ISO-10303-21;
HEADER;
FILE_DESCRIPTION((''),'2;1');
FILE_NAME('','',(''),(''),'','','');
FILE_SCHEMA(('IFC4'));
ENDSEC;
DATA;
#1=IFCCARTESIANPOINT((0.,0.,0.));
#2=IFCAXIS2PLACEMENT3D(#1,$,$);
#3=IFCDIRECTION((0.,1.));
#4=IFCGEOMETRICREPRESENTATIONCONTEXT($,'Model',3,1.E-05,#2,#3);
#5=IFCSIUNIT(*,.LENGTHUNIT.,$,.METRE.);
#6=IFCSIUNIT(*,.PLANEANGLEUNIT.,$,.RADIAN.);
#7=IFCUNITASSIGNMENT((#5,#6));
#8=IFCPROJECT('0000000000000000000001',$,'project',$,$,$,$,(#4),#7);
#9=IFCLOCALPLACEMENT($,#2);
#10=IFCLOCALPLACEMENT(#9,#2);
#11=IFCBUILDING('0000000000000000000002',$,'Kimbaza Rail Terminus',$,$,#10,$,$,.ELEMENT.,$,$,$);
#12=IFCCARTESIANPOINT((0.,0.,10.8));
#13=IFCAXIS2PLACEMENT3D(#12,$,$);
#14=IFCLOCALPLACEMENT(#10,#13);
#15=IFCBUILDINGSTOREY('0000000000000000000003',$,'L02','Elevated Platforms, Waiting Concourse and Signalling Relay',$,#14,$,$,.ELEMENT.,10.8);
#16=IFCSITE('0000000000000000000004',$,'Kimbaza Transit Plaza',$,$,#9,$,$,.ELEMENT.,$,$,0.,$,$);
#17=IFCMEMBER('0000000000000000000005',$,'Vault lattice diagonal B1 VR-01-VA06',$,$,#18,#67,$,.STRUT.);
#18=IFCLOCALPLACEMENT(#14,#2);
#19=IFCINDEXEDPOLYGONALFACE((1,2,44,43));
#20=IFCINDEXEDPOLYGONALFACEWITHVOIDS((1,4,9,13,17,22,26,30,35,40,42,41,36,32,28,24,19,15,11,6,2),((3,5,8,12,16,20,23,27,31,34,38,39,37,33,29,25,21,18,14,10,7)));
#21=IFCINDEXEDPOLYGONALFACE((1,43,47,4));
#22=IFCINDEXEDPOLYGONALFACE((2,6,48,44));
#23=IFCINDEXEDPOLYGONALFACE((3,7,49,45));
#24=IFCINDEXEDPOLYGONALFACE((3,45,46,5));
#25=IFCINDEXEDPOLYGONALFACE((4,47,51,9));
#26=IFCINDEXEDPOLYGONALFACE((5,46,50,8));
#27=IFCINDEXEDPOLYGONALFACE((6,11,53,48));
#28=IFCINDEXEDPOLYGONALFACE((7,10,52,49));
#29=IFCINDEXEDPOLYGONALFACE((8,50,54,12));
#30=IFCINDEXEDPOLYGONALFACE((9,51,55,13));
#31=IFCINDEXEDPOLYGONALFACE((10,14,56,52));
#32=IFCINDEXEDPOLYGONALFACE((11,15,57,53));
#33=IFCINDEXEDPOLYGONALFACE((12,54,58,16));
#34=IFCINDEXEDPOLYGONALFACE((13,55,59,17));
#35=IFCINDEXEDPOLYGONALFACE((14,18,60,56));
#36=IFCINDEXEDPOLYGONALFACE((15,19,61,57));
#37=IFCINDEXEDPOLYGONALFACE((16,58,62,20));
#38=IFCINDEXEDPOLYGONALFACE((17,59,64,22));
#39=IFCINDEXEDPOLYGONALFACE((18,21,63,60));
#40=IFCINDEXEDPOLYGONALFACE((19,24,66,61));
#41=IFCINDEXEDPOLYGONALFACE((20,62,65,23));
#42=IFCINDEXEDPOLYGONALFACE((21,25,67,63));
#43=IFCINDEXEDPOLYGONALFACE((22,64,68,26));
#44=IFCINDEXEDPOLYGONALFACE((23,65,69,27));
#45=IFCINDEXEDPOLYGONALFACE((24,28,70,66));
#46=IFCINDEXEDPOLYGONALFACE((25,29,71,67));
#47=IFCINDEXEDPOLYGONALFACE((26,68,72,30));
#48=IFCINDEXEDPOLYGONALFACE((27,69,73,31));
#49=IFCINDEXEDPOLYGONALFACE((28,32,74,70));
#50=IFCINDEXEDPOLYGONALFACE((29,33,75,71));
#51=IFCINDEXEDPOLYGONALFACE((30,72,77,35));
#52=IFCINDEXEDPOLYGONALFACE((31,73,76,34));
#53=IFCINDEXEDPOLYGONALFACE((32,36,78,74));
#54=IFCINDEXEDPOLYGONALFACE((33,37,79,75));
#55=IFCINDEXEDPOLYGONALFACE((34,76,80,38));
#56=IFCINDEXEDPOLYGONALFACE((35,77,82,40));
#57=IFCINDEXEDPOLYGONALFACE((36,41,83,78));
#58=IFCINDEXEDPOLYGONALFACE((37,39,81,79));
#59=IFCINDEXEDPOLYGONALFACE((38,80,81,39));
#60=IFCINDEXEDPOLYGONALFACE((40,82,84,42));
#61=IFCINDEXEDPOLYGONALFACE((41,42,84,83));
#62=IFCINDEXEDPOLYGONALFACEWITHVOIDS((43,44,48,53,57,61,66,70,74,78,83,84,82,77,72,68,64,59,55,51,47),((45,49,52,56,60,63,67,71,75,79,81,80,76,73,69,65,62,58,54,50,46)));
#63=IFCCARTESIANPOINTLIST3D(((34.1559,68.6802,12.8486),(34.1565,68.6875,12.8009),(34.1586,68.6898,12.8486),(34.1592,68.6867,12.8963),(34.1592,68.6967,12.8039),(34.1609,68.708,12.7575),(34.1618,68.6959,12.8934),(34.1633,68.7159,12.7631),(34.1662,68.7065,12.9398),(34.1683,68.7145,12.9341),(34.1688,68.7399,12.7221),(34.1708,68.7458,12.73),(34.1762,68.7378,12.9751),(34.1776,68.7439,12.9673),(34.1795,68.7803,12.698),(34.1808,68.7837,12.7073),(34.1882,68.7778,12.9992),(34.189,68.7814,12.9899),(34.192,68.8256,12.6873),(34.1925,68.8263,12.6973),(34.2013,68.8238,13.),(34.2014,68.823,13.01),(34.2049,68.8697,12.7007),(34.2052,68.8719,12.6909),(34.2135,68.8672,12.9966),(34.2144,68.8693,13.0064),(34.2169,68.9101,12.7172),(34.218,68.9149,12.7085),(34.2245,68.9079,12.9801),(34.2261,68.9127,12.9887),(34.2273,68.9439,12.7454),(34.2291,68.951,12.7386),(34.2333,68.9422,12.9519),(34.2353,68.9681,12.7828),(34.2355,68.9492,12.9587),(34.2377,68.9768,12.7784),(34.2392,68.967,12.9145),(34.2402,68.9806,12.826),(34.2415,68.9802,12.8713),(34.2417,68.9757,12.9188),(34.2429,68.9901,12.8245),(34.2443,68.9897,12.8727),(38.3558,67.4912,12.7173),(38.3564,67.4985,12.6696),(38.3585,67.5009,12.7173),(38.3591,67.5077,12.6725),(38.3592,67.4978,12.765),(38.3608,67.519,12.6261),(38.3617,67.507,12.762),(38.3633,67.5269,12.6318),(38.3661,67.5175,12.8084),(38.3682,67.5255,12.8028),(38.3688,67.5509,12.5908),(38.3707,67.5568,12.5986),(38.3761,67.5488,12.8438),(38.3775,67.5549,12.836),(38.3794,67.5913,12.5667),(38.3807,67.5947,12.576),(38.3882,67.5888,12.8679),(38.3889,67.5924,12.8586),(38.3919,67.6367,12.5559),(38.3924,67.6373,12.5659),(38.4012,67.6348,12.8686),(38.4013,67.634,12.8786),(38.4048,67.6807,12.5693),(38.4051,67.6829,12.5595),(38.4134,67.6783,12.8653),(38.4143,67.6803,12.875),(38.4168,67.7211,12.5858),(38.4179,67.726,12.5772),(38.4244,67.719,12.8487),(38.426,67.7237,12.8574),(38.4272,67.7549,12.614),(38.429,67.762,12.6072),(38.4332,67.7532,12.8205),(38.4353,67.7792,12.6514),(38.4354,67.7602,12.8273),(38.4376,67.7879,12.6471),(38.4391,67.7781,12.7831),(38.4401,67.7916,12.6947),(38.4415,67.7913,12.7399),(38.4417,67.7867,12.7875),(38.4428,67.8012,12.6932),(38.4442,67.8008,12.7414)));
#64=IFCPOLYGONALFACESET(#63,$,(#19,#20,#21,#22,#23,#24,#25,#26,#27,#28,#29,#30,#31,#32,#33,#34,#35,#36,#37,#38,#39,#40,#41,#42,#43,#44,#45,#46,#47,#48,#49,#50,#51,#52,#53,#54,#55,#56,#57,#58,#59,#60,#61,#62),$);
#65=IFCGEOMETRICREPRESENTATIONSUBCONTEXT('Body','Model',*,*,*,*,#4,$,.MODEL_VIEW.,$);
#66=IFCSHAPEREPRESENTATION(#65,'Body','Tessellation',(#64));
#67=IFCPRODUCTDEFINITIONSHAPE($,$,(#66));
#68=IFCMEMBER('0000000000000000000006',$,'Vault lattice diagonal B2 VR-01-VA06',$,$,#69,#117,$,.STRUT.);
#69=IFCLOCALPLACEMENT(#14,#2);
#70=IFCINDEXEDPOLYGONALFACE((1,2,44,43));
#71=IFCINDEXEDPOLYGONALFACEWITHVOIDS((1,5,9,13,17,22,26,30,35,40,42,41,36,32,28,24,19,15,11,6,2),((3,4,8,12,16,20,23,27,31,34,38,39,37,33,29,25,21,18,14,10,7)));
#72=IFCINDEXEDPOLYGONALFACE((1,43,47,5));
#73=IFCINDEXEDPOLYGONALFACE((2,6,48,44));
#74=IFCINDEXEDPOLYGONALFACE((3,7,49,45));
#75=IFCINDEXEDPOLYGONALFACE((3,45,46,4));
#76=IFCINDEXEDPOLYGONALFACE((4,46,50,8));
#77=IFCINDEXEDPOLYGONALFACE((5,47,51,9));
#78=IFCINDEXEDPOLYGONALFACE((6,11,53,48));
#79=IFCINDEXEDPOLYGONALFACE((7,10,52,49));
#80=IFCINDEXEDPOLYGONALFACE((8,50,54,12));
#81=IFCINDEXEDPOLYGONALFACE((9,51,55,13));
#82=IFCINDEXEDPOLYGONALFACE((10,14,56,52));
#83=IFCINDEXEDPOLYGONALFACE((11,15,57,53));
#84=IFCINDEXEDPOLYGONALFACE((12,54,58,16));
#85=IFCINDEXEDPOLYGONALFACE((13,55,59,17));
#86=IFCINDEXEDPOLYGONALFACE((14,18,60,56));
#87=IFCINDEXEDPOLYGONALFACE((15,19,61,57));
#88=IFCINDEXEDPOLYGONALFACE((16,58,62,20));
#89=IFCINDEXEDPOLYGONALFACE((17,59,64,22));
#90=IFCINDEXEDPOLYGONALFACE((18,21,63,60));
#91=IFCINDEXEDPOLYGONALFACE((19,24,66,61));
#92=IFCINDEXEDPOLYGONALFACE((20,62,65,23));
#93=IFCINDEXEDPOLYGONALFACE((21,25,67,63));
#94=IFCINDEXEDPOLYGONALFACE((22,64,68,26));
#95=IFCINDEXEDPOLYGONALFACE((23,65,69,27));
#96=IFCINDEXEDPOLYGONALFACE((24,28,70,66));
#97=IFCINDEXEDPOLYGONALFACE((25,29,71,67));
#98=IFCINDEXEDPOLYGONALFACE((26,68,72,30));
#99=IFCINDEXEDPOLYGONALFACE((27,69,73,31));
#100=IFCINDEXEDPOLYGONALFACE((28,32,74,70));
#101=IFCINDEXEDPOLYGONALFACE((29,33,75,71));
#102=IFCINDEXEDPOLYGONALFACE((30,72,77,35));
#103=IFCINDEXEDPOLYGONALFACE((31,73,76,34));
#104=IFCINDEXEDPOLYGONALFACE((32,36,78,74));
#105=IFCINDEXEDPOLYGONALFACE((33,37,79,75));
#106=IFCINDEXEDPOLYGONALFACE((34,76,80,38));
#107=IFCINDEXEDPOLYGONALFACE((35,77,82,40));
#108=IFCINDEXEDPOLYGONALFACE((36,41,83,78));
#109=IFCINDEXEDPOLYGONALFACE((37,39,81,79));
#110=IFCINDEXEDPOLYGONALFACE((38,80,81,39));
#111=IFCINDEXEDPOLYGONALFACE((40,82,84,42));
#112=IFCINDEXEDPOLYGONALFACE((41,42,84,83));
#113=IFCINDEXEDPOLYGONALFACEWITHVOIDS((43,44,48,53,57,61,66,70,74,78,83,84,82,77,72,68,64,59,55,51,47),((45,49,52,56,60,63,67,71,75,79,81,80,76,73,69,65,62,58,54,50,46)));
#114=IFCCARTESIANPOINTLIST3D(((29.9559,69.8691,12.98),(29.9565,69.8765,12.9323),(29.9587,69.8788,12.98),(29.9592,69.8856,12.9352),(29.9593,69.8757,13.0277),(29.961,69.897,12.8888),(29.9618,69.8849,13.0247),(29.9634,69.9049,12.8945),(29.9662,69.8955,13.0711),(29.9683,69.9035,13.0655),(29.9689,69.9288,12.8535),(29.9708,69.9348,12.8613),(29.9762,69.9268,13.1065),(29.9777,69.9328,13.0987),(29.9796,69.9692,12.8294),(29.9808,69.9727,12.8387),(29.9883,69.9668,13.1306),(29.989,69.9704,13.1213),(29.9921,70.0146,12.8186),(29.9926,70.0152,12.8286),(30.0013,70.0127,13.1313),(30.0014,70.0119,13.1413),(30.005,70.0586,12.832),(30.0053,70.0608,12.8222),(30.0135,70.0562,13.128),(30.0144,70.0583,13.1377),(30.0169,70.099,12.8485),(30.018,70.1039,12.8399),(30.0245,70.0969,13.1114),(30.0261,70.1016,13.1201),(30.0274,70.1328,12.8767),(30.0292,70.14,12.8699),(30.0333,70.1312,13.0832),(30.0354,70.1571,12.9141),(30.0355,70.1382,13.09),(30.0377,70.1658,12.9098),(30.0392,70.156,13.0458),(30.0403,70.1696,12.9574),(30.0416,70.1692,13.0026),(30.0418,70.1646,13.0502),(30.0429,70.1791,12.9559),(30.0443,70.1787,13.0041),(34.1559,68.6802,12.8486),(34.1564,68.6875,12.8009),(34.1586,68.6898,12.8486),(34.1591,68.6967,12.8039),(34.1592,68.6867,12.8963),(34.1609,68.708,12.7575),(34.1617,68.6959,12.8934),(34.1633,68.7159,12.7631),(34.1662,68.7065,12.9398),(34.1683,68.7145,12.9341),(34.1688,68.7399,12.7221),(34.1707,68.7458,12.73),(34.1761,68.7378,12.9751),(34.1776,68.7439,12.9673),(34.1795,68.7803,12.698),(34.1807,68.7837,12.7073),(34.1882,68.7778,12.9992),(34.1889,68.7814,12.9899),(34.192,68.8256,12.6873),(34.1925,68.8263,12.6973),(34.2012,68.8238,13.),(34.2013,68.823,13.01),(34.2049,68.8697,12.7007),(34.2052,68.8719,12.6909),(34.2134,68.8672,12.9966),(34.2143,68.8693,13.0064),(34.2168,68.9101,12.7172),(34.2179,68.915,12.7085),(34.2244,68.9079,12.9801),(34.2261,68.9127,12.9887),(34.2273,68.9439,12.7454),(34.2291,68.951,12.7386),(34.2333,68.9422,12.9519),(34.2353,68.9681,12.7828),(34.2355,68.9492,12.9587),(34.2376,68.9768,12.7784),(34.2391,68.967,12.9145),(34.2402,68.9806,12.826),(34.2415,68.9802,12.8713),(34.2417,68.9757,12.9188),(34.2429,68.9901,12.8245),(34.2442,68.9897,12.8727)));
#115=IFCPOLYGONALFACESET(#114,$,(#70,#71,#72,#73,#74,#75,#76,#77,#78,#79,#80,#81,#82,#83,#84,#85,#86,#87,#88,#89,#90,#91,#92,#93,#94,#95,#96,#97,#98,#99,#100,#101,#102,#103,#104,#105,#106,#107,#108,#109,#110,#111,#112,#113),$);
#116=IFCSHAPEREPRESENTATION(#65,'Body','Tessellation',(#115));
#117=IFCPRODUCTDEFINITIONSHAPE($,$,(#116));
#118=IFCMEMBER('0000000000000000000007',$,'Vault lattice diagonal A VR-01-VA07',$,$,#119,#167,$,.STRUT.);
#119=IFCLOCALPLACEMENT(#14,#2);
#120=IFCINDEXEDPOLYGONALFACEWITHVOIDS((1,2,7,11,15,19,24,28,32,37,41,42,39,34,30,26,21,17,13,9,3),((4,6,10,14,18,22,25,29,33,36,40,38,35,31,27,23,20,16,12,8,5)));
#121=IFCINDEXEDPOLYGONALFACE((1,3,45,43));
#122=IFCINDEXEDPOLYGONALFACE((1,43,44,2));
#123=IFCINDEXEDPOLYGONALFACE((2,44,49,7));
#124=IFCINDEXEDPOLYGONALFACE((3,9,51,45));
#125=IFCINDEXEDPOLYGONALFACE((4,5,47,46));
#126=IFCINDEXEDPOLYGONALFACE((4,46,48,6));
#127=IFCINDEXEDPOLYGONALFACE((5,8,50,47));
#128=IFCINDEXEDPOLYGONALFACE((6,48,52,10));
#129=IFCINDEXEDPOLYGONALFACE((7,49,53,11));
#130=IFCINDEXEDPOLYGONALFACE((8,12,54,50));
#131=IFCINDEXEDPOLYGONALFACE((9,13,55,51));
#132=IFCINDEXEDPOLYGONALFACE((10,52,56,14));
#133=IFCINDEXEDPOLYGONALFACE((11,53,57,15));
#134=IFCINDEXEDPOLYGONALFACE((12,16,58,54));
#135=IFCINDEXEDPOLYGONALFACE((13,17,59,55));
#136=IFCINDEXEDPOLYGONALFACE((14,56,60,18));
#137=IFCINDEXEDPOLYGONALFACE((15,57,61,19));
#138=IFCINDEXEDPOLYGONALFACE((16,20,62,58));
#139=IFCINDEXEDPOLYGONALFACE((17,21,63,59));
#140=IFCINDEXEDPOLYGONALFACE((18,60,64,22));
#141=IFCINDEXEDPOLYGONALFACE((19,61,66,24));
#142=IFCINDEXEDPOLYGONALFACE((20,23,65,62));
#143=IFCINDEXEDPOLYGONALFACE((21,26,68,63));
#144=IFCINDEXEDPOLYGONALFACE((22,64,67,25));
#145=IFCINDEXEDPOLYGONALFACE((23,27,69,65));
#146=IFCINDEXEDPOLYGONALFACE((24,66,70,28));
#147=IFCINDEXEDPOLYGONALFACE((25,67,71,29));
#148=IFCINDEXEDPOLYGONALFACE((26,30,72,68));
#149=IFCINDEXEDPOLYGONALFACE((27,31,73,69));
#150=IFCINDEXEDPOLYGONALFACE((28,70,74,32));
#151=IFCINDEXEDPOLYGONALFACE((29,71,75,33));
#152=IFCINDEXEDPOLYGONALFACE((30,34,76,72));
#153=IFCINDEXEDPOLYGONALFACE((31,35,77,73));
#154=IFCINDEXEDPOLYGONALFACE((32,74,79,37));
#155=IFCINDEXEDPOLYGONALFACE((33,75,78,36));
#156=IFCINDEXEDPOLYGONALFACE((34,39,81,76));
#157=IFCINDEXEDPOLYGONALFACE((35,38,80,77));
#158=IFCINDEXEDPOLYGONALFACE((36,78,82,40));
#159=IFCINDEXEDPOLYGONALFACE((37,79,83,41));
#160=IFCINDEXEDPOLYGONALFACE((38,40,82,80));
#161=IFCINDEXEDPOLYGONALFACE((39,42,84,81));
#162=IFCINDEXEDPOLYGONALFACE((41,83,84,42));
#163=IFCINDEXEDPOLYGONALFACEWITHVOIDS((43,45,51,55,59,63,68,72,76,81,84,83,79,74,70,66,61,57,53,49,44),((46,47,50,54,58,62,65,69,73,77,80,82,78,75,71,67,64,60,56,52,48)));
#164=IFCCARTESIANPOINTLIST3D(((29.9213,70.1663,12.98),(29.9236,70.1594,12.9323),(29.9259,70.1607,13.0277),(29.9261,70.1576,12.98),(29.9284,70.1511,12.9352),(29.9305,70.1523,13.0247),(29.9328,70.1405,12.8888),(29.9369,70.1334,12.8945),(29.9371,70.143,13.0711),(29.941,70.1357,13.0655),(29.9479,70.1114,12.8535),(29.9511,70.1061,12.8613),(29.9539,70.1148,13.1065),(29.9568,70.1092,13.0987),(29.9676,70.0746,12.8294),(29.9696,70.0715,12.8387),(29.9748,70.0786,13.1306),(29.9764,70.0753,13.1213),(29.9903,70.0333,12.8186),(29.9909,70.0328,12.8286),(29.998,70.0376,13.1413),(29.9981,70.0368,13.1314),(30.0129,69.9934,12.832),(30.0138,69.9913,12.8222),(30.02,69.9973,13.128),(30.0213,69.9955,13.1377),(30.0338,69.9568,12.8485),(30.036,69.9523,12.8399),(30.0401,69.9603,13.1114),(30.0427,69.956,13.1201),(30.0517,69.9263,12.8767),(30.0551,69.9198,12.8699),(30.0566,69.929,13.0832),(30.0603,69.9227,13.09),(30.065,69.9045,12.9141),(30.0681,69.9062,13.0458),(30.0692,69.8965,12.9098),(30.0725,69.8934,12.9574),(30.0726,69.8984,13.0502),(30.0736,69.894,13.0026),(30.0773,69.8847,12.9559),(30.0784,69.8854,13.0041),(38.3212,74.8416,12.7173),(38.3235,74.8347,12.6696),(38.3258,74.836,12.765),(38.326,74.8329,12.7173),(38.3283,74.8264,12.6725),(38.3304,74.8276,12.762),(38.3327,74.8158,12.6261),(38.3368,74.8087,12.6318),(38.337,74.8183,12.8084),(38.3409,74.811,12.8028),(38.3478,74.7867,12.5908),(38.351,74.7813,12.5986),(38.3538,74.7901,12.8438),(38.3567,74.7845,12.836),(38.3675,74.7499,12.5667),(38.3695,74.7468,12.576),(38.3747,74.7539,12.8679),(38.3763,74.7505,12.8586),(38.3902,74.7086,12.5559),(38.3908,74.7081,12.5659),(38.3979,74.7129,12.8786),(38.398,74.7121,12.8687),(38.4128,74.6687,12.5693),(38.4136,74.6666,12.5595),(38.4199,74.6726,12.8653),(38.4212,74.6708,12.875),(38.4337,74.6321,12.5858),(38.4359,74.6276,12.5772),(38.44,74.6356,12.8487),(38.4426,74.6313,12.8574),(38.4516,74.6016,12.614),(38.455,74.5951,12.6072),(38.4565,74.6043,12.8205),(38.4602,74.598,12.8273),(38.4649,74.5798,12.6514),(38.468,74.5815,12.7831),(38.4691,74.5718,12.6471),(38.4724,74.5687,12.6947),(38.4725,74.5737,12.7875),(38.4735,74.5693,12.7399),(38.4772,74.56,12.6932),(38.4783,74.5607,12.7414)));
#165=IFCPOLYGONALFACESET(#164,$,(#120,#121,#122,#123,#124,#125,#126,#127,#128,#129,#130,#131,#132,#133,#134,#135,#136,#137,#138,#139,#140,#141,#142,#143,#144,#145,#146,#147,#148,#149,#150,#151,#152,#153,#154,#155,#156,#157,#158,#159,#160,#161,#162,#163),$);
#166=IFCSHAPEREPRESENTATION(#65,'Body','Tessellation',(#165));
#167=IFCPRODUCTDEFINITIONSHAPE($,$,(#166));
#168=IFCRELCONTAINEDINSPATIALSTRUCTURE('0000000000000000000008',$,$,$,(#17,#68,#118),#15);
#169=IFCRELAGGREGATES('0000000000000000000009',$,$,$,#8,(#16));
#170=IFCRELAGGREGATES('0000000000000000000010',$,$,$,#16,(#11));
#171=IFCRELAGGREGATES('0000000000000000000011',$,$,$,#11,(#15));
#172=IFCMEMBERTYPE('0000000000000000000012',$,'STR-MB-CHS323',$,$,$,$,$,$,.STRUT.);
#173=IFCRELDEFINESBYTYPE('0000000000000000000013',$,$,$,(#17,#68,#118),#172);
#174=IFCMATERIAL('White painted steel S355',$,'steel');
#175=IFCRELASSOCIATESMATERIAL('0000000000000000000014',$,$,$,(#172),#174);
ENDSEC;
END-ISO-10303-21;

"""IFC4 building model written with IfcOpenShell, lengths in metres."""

from ifc_helpers import new_model, si_unit, direction, frame, origin, origin_2d, place, context, subcontext, project, spatial, hollow_circle, extrude, material, material_profile, profile_set, type_object, element, save


model = new_model("IFC4")

# Units and contexts
model_context = context("Model", 3, precision=1e-05, world=origin(), true_north=direction((0.0, 1.0)))
body_context = subcontext(model_context, "Body", "Model", "MODEL_VIEW")
ifc_project = project(units=[si_unit("LENGTHUNIT", "METRE"), si_unit("PLANEANGLEUNIT", "RADIAN")], contexts=[model_context])

# Site, building, storey
site_placement = place(None, origin())
site = spatial("IfcSite", under=ifc_project, at=site_placement, Name="Kimbaza Transit Plaza", CompositionType="ELEMENT", RefElevation=0.0)
building_placement = place(site_placement, origin())
building = spatial("IfcBuilding", under=site, at=building_placement, Name="Kimbaza Rail Terminus", CompositionType="ELEMENT")
storey_placement = place(building_placement, frame((0.0, 0.0, 10.8)))
storey = spatial("IfcBuildingStorey", under=building, at=storey_placement, Name="L02", Description="Elevated Platforms, Waiting Concourse and Signalling Relay", CompositionType="ELEMENT", Elevation=10.8)

# Members
ifc_material_1 = material(Name="White painted steel S355", Category="steel")
ifc_material_profile_1 = material_profile(ifc_material_1, hollow_circle(Radius=0.1619, WallThickness=0.01, at=origin_2d()), Name="CHS 323.9x10")
ifc_profile_set_1 = profile_set([ifc_material_profile_1], Name="White painted steel S355")
member_type_1 = type_object("IfcMemberType", Name="STR-MB-CHS323", PredefinedType="STRUT", material=ifc_profile_set_1)
for number, where, z_axis, x_axis, name in (
    (1, (38.3999, 67.647, 12.7173), (-0.961753, 0.272263, 0.030077), (-0.272386, -0.962188, 0.0), "Vault lattice diagonal B1 VR-01-VA06"),
    (2, (34.2, 68.8359, 12.8486), (-0.961753, 0.272263, 0.030077), (-0.272386, -0.962188, 0.0), "Vault lattice diagonal B2 VR-01-VA06"),
):
    element("IfcMember", number, at=place(storey_placement, frame(where, z_axis=z_axis, x_axis=x_axis)), inside=storey, type_object=member_type_1, Name=name, PredefinedType="STRUT", context=body_context, shape_type="SweptSolid", body=[
        extrude(hollow_circle(Radius=0.1619, WallThickness=0.01, at=origin_2d()), origin(), (0.0, 0.0, 1.0), 4.3669),
    ])
member_1_placement = place(storey_placement, frame((30.0, 70.0249, 12.98), z_axis=(0.873448, 0.486151, -0.027316), x_axis=(-0.486333, 0.873774, 0.0)))
element("IfcMember", 3, at=member_1_placement, inside=storey, type_object=member_type_1, Name="Vault lattice diagonal A VR-01-VA07", PredefinedType="STRUT", context=body_context, shape_type="SweptSolid", body=[
    extrude(hollow_circle(Radius=0.1619, WallThickness=0.01, at=origin_2d()), origin(), (0.0, 0.0, 1.0), 9.6169),
])

save(model, "model.ifc")
